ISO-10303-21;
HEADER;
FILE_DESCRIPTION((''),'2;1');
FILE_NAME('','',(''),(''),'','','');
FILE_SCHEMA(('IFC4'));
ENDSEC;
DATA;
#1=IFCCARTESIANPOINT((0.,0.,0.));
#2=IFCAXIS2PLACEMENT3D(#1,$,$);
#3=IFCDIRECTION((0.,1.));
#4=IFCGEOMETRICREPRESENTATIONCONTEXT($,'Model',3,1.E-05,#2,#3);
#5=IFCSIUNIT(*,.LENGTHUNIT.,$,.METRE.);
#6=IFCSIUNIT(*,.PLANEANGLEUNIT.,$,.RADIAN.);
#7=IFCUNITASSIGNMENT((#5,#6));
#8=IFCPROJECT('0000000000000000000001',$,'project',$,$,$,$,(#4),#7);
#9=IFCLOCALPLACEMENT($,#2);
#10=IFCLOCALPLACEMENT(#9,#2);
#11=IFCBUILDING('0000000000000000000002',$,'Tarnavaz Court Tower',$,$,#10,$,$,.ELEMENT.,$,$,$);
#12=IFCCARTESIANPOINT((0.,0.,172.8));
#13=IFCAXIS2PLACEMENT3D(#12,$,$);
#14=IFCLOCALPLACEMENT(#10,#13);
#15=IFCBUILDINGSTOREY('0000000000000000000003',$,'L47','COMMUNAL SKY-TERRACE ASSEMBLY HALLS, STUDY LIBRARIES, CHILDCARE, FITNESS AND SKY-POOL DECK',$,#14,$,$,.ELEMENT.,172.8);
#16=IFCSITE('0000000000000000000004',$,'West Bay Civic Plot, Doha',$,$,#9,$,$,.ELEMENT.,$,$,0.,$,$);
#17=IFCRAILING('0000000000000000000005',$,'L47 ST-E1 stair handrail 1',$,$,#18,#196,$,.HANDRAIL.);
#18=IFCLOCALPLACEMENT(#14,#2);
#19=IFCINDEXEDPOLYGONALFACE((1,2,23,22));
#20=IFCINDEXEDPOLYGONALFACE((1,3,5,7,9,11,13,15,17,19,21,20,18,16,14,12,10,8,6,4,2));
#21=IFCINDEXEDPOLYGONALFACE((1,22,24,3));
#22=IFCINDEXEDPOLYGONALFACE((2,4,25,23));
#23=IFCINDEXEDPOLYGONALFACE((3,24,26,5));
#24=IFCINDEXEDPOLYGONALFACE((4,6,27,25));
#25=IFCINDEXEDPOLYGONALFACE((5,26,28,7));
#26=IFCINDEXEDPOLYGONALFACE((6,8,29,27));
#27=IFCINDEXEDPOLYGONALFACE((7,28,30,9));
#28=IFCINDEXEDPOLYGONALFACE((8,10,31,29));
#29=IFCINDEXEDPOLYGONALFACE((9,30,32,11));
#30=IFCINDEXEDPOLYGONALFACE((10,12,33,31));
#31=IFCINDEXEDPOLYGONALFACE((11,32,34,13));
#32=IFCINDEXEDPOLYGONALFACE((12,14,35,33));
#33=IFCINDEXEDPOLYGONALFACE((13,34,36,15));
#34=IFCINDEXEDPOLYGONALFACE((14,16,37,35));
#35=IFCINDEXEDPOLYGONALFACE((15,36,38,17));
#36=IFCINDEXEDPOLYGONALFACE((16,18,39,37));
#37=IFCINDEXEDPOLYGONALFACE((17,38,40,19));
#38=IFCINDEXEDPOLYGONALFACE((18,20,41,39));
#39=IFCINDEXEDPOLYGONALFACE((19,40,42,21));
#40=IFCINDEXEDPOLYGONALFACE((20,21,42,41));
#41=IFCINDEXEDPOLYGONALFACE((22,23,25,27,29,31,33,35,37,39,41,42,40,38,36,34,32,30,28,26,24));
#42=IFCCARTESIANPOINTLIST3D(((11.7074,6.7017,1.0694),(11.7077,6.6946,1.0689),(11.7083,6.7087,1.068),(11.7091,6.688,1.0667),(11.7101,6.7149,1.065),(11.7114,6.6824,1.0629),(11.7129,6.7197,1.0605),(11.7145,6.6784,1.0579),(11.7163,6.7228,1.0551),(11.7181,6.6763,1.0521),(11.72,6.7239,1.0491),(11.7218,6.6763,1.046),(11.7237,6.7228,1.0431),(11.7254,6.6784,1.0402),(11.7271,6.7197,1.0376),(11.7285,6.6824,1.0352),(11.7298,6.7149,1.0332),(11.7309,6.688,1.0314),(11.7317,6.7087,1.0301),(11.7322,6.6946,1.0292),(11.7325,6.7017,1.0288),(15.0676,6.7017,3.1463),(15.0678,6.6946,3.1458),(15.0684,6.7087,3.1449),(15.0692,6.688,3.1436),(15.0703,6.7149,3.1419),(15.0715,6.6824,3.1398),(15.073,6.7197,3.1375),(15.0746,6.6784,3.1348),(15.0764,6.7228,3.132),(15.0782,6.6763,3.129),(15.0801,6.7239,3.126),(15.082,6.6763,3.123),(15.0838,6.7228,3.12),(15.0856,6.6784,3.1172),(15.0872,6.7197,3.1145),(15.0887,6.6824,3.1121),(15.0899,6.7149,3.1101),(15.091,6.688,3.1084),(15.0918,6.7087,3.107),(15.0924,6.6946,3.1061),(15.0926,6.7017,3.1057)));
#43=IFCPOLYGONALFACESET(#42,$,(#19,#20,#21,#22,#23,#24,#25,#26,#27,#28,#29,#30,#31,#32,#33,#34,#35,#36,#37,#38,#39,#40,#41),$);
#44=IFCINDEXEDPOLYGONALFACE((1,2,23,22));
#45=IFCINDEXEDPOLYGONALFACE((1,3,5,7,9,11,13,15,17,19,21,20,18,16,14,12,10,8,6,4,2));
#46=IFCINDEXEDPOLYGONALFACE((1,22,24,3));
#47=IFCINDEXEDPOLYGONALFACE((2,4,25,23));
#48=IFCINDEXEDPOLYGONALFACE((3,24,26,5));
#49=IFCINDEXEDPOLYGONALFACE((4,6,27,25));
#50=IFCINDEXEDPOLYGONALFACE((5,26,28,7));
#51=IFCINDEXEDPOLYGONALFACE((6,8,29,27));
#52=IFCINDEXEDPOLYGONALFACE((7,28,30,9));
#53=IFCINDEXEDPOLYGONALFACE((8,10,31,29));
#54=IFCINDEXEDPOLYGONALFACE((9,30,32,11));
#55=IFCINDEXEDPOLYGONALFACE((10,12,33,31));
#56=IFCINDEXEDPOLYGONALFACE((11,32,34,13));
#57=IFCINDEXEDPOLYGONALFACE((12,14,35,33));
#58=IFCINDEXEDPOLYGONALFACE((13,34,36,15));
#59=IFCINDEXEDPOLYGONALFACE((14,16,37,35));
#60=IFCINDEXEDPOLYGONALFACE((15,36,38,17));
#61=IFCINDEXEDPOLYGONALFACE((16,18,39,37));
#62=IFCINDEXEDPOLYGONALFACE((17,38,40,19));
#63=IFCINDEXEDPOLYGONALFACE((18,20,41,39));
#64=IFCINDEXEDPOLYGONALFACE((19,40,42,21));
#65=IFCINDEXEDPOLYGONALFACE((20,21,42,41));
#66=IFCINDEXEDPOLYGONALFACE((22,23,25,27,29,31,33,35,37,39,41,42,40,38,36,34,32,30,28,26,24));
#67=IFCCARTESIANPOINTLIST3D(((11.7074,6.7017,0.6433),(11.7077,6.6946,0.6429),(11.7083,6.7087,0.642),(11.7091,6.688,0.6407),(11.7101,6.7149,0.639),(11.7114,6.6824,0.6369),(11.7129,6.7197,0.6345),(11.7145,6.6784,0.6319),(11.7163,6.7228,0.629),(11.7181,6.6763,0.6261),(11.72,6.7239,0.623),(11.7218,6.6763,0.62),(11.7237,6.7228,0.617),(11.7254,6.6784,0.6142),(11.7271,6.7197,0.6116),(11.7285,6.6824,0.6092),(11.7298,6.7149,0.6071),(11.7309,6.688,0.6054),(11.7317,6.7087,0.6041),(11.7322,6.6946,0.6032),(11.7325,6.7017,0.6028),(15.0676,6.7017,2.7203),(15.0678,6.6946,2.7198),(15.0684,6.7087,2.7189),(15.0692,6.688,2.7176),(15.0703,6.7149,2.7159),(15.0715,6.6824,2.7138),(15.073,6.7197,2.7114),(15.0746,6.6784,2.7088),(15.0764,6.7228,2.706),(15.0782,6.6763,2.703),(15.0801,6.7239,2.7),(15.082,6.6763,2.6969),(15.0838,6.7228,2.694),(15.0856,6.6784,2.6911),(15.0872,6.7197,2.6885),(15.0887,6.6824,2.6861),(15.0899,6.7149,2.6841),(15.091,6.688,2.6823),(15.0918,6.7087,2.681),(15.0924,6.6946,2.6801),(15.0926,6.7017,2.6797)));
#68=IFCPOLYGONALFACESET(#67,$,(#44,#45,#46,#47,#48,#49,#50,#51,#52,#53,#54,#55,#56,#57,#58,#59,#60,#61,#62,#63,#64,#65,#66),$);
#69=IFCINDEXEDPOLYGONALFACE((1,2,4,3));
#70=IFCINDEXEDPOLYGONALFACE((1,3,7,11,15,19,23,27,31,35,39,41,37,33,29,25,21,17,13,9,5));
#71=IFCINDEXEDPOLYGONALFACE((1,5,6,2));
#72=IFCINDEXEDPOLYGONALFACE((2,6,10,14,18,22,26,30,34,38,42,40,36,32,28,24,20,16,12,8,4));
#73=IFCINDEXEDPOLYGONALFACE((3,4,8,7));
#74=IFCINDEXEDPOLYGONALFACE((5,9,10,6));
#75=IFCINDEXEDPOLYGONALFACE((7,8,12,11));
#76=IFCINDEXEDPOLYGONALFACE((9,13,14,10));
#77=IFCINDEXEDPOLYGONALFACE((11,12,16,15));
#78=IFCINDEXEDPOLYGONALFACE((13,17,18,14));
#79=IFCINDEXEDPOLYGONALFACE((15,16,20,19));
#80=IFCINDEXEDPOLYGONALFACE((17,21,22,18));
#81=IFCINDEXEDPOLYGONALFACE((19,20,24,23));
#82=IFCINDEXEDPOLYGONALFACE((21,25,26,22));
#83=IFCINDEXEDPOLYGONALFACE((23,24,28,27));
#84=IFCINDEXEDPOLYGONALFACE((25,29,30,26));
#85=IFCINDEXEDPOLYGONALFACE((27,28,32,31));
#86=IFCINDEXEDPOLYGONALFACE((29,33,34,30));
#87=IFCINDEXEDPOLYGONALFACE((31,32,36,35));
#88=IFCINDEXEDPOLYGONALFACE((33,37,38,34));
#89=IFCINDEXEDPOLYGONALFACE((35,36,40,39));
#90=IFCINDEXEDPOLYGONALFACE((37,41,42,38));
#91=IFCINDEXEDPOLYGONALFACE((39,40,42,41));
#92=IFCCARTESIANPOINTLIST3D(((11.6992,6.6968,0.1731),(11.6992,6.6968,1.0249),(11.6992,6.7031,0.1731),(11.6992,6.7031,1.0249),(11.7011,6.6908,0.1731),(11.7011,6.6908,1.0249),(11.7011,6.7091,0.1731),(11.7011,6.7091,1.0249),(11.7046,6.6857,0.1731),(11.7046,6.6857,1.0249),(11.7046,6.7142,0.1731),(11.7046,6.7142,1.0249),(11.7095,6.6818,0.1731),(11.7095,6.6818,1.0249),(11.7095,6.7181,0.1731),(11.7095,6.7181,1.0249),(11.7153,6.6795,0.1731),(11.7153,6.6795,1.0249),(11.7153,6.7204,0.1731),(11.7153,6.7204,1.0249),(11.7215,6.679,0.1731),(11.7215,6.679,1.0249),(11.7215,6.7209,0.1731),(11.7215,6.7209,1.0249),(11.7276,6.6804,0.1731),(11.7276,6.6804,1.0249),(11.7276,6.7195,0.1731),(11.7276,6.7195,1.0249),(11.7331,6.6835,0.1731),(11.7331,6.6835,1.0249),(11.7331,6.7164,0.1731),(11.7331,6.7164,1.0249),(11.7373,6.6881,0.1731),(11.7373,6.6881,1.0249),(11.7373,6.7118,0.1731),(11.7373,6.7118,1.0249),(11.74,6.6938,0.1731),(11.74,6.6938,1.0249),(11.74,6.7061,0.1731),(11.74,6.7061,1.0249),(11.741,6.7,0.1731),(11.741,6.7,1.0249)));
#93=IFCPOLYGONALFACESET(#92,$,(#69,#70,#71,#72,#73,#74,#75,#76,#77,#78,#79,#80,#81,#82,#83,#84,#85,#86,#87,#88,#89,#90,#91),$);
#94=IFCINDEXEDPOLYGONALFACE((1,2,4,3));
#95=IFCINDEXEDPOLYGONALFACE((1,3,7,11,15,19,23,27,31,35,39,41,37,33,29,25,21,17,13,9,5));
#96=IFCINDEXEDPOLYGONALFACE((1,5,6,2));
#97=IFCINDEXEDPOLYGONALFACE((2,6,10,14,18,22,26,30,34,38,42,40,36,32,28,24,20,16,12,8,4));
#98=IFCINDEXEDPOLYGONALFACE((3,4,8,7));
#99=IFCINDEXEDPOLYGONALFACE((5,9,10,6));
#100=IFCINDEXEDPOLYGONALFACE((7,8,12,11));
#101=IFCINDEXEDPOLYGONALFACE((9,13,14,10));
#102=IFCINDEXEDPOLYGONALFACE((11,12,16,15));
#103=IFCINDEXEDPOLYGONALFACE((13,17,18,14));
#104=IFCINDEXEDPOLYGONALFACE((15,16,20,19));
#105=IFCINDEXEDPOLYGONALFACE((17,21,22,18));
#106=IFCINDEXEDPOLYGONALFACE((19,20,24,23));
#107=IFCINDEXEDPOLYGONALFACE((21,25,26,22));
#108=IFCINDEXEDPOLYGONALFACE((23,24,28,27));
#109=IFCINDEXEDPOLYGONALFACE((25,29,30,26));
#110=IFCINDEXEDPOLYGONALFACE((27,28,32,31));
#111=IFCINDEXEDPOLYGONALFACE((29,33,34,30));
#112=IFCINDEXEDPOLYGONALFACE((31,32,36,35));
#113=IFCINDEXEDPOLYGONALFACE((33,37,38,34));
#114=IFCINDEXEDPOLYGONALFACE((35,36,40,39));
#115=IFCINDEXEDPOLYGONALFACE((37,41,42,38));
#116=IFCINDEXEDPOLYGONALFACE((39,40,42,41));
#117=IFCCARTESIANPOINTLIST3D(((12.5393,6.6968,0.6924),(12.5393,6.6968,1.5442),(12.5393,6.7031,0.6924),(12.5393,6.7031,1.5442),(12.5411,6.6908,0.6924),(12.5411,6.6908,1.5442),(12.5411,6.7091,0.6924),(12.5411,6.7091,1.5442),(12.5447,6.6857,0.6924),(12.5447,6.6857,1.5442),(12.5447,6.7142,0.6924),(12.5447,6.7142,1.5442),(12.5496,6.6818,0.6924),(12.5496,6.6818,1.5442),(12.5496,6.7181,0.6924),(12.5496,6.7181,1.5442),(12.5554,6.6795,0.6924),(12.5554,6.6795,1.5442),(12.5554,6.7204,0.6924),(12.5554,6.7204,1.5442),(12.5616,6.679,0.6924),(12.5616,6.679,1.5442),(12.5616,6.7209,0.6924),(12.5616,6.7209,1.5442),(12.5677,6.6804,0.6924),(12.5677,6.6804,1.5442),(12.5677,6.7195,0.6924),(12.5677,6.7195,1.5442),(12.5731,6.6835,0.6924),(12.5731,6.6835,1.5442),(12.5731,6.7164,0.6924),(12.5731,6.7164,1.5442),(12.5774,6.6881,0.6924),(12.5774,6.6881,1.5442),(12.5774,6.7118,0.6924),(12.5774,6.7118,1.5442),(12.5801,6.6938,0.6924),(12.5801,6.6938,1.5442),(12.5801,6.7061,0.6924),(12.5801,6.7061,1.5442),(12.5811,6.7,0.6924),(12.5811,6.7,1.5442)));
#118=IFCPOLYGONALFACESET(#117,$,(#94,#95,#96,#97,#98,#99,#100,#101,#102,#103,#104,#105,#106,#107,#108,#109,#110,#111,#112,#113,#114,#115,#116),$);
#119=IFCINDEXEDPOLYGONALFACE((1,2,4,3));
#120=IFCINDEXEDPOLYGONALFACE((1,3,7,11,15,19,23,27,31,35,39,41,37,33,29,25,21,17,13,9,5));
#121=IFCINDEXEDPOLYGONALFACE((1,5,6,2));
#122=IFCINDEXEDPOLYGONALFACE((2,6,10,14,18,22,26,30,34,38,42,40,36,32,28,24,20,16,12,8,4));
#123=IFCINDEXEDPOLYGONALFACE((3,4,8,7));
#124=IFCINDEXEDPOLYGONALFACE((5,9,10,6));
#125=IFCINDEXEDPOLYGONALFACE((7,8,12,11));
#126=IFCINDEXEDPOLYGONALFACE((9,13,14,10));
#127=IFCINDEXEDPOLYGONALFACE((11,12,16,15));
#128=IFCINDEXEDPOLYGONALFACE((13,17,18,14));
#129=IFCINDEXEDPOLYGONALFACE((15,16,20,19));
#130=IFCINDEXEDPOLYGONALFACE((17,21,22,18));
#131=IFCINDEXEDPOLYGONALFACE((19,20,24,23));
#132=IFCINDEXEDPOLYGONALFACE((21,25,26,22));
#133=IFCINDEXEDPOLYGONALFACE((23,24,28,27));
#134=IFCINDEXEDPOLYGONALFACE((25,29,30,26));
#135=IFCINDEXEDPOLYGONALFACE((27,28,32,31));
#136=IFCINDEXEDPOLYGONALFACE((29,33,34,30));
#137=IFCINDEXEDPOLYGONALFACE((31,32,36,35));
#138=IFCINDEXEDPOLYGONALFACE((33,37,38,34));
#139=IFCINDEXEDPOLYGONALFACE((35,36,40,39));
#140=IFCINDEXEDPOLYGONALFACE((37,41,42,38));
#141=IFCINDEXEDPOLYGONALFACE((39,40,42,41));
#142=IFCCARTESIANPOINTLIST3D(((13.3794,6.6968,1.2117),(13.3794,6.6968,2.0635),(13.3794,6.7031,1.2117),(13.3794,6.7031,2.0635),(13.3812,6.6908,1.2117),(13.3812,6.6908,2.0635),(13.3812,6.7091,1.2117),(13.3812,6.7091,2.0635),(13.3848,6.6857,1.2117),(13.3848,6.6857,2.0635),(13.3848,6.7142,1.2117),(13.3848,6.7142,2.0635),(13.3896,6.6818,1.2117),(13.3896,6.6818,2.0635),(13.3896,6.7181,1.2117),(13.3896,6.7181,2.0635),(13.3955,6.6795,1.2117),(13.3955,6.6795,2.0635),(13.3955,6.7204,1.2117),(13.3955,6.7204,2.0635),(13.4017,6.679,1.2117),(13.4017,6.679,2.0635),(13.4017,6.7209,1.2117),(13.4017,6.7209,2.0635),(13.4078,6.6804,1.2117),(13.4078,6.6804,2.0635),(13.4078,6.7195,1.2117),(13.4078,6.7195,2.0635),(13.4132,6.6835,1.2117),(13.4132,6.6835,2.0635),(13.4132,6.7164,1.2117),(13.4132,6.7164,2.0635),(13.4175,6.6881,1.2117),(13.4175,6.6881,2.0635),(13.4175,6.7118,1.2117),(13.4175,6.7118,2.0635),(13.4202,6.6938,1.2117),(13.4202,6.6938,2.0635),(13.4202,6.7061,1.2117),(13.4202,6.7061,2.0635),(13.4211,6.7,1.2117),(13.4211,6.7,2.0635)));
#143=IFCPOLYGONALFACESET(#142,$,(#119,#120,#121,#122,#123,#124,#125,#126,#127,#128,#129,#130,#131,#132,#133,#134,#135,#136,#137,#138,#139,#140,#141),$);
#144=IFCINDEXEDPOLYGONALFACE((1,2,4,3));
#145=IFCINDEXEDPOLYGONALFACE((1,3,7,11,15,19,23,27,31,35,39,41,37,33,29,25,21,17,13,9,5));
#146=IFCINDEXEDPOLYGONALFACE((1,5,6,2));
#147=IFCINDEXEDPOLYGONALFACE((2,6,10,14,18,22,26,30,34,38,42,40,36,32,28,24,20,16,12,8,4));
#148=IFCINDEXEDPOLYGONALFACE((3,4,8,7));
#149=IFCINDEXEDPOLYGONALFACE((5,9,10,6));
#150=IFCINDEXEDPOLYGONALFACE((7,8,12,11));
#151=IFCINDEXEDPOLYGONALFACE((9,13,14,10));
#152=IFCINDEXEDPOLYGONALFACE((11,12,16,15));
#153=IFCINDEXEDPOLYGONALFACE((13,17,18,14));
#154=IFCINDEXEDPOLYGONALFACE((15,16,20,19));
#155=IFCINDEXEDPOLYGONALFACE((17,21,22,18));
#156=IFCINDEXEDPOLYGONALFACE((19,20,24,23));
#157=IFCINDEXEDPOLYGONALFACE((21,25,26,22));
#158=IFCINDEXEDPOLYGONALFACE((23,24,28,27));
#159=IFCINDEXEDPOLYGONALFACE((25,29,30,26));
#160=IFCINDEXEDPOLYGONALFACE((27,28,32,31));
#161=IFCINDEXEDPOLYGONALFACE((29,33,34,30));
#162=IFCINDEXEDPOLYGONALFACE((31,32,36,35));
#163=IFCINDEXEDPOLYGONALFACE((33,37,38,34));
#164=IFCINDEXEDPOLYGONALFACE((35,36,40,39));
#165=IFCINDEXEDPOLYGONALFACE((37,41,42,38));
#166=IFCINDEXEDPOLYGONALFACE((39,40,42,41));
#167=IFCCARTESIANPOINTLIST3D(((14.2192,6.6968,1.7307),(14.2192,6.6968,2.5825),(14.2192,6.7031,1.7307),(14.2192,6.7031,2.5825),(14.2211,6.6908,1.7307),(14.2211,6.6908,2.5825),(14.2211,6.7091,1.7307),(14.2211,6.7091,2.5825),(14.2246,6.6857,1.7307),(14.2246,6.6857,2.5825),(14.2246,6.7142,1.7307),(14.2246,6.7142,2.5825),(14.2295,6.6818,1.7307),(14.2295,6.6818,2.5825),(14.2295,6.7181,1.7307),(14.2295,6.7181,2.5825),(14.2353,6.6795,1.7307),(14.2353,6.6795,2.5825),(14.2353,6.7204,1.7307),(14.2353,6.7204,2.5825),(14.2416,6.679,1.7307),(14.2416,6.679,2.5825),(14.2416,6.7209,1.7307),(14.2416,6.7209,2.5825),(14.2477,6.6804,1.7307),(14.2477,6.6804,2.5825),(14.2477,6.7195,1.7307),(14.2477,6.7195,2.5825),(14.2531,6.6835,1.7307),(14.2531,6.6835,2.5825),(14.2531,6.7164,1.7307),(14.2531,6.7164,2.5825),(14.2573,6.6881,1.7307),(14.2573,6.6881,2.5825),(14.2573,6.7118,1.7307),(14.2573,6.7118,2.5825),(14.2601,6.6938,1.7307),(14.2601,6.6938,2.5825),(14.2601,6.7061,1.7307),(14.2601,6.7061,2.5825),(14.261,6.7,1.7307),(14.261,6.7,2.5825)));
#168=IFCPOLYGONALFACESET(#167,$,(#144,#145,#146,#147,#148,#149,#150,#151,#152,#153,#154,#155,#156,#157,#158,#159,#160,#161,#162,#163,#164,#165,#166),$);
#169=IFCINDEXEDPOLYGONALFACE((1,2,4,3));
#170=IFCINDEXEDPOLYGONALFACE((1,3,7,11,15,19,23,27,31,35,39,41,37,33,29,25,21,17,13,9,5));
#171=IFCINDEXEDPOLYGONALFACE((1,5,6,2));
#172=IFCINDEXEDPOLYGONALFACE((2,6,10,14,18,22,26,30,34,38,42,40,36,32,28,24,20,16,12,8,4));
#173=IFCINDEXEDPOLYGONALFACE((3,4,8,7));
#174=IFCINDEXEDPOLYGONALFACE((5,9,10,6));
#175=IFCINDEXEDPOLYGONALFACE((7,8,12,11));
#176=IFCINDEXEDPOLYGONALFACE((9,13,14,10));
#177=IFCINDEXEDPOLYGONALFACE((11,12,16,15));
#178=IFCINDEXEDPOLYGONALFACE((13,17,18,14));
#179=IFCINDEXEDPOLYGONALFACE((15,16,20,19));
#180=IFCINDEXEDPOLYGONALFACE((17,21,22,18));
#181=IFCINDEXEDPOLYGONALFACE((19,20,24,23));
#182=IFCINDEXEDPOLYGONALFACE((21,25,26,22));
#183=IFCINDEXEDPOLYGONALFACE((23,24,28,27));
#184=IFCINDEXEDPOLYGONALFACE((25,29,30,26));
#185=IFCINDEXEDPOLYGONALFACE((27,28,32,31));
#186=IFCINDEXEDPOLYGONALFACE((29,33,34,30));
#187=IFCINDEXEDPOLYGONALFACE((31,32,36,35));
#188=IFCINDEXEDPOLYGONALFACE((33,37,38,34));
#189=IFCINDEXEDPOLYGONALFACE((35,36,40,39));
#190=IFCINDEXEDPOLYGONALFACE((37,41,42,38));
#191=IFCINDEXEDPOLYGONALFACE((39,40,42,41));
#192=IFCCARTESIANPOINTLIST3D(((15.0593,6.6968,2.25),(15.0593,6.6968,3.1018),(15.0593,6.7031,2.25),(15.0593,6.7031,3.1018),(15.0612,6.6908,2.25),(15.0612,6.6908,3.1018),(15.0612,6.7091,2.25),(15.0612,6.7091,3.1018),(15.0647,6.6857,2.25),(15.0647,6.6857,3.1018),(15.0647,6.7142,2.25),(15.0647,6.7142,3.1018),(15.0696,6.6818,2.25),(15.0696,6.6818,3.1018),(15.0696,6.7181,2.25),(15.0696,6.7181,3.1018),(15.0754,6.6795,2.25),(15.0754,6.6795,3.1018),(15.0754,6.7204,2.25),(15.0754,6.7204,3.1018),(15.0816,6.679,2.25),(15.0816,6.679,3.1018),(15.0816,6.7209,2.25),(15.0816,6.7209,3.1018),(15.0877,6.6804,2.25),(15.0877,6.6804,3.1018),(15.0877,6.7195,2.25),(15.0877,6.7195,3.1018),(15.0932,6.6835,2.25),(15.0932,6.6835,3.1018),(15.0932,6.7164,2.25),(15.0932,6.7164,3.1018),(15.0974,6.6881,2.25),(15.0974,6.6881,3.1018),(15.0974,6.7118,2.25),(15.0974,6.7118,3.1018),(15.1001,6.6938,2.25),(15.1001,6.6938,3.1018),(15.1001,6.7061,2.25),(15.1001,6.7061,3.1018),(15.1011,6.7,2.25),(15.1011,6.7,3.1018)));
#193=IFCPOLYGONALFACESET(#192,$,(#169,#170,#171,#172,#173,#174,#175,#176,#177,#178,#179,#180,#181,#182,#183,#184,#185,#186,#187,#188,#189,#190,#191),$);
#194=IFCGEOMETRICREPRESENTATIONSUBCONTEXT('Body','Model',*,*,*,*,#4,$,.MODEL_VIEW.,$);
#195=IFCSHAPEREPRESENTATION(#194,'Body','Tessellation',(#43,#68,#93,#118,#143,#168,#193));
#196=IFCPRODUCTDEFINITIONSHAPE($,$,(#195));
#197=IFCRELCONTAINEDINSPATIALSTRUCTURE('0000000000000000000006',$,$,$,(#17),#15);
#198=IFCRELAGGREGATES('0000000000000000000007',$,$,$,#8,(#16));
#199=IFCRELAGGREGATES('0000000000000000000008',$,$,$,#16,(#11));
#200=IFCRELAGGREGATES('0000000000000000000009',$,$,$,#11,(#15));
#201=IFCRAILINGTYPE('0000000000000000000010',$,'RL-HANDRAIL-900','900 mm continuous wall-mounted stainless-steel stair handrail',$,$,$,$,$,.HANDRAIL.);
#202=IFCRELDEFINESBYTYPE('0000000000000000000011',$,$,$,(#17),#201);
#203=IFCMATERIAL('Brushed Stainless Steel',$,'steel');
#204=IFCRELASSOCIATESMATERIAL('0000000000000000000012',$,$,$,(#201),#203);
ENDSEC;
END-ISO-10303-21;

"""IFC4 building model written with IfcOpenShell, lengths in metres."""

from ifc_helpers import new_model, si_unit, direction, frame, origin, origin_2d, place, context, subcontext, project, spatial, circle, extrude, material, type_object, element, save


model = new_model("IFC4")

# Units and contexts
model_context = context("Model", 3, precision=1e-05, world=origin(), true_north=direction((0.0, 1.0)))
body_context = subcontext(model_context, "Body", "Model", "MODEL_VIEW")
ifc_project = project(units=[si_unit("LENGTHUNIT", "METRE"), si_unit("PLANEANGLEUNIT", "RADIAN")], contexts=[model_context])

# Site, building, storey
site_placement = place(None, origin())
site = spatial("IfcSite", under=ifc_project, at=site_placement, Name="West Bay Civic Plot, Doha", CompositionType="ELEMENT", RefElevation=0.0)
building_placement = place(site_placement, origin())
building = spatial("IfcBuilding", under=site, at=building_placement, Name="Tarnavaz Court Tower", CompositionType="ELEMENT")
storey_placement = place(building_placement, frame((0.0, 0.0, 172.8)))
storey = spatial("IfcBuildingStorey", under=building, at=storey_placement, Name="L47", Description="COMMUNAL SKY-TERRACE ASSEMBLY HALLS, STUDY LIBRARIES, CHILDCARE, FITNESS AND SKY-POOL DECK", CompositionType="ELEMENT", Elevation=172.8)

# Railing
ifc_material_1 = material(Name="Brushed Stainless Steel", Category="steel")
railing_type_1 = type_object("IfcRailingType", Name="RL-HANDRAIL-900", Description="900 mm continuous wall-mounted stainless-steel stair handrail", PredefinedType="HANDRAIL", material=ifc_material_1)
railing_1_placement = place(storey_placement, frame((11.72, 6.7, 0.1731)))
element("IfcRailing", 1, at=railing_1_placement, inside=storey, type_object=railing_type_1, Name="L47 ST-E1 stair handrail 1", PredefinedType="HANDRAIL", context=body_context, shape_type="SweptSolid", body=[
    extrude(circle(Radius=0.0239, at=origin_2d()), frame((0.0, 0.0, 0.876), z_axis=(0.850623, 0.0, 0.525776), x_axis=(0.0, 1.0, 0.0)), (0.0, 0.0, 1.0), 3.9502),
    extrude(circle(Radius=0.0239, at=origin_2d()), frame((0.0, 0.0, 0.45), z_axis=(0.850623, 0.0, 0.525776), x_axis=(0.0, 1.0, 0.0)), (0.0, 0.0, 1.0), 3.9502),
    extrude(circle(Radius=0.021, at=origin_2d()), origin(), (0.0, 0.0, 1.0), 0.8518),
    extrude(circle(Radius=0.021, at=origin_2d()), frame((0.8401, 0.0, 0.5193)), (0.0, 0.0, 1.0), 0.8518),
    extrude(circle(Radius=0.021, at=origin_2d()), frame((1.6802, 0.0, 1.0386)), (0.0, 0.0, 1.0), 0.8518),
    extrude(circle(Radius=0.021, at=origin_2d()), frame((2.52, 0.0, 1.5576)), (0.0, 0.0, 1.0), 0.8518),
    extrude(circle(Radius=0.021, at=origin_2d()), frame((3.3601, 0.0, 2.0769)), (0.0, 0.0, 1.0), 0.8518),
])

save(model, "model.ifc")
